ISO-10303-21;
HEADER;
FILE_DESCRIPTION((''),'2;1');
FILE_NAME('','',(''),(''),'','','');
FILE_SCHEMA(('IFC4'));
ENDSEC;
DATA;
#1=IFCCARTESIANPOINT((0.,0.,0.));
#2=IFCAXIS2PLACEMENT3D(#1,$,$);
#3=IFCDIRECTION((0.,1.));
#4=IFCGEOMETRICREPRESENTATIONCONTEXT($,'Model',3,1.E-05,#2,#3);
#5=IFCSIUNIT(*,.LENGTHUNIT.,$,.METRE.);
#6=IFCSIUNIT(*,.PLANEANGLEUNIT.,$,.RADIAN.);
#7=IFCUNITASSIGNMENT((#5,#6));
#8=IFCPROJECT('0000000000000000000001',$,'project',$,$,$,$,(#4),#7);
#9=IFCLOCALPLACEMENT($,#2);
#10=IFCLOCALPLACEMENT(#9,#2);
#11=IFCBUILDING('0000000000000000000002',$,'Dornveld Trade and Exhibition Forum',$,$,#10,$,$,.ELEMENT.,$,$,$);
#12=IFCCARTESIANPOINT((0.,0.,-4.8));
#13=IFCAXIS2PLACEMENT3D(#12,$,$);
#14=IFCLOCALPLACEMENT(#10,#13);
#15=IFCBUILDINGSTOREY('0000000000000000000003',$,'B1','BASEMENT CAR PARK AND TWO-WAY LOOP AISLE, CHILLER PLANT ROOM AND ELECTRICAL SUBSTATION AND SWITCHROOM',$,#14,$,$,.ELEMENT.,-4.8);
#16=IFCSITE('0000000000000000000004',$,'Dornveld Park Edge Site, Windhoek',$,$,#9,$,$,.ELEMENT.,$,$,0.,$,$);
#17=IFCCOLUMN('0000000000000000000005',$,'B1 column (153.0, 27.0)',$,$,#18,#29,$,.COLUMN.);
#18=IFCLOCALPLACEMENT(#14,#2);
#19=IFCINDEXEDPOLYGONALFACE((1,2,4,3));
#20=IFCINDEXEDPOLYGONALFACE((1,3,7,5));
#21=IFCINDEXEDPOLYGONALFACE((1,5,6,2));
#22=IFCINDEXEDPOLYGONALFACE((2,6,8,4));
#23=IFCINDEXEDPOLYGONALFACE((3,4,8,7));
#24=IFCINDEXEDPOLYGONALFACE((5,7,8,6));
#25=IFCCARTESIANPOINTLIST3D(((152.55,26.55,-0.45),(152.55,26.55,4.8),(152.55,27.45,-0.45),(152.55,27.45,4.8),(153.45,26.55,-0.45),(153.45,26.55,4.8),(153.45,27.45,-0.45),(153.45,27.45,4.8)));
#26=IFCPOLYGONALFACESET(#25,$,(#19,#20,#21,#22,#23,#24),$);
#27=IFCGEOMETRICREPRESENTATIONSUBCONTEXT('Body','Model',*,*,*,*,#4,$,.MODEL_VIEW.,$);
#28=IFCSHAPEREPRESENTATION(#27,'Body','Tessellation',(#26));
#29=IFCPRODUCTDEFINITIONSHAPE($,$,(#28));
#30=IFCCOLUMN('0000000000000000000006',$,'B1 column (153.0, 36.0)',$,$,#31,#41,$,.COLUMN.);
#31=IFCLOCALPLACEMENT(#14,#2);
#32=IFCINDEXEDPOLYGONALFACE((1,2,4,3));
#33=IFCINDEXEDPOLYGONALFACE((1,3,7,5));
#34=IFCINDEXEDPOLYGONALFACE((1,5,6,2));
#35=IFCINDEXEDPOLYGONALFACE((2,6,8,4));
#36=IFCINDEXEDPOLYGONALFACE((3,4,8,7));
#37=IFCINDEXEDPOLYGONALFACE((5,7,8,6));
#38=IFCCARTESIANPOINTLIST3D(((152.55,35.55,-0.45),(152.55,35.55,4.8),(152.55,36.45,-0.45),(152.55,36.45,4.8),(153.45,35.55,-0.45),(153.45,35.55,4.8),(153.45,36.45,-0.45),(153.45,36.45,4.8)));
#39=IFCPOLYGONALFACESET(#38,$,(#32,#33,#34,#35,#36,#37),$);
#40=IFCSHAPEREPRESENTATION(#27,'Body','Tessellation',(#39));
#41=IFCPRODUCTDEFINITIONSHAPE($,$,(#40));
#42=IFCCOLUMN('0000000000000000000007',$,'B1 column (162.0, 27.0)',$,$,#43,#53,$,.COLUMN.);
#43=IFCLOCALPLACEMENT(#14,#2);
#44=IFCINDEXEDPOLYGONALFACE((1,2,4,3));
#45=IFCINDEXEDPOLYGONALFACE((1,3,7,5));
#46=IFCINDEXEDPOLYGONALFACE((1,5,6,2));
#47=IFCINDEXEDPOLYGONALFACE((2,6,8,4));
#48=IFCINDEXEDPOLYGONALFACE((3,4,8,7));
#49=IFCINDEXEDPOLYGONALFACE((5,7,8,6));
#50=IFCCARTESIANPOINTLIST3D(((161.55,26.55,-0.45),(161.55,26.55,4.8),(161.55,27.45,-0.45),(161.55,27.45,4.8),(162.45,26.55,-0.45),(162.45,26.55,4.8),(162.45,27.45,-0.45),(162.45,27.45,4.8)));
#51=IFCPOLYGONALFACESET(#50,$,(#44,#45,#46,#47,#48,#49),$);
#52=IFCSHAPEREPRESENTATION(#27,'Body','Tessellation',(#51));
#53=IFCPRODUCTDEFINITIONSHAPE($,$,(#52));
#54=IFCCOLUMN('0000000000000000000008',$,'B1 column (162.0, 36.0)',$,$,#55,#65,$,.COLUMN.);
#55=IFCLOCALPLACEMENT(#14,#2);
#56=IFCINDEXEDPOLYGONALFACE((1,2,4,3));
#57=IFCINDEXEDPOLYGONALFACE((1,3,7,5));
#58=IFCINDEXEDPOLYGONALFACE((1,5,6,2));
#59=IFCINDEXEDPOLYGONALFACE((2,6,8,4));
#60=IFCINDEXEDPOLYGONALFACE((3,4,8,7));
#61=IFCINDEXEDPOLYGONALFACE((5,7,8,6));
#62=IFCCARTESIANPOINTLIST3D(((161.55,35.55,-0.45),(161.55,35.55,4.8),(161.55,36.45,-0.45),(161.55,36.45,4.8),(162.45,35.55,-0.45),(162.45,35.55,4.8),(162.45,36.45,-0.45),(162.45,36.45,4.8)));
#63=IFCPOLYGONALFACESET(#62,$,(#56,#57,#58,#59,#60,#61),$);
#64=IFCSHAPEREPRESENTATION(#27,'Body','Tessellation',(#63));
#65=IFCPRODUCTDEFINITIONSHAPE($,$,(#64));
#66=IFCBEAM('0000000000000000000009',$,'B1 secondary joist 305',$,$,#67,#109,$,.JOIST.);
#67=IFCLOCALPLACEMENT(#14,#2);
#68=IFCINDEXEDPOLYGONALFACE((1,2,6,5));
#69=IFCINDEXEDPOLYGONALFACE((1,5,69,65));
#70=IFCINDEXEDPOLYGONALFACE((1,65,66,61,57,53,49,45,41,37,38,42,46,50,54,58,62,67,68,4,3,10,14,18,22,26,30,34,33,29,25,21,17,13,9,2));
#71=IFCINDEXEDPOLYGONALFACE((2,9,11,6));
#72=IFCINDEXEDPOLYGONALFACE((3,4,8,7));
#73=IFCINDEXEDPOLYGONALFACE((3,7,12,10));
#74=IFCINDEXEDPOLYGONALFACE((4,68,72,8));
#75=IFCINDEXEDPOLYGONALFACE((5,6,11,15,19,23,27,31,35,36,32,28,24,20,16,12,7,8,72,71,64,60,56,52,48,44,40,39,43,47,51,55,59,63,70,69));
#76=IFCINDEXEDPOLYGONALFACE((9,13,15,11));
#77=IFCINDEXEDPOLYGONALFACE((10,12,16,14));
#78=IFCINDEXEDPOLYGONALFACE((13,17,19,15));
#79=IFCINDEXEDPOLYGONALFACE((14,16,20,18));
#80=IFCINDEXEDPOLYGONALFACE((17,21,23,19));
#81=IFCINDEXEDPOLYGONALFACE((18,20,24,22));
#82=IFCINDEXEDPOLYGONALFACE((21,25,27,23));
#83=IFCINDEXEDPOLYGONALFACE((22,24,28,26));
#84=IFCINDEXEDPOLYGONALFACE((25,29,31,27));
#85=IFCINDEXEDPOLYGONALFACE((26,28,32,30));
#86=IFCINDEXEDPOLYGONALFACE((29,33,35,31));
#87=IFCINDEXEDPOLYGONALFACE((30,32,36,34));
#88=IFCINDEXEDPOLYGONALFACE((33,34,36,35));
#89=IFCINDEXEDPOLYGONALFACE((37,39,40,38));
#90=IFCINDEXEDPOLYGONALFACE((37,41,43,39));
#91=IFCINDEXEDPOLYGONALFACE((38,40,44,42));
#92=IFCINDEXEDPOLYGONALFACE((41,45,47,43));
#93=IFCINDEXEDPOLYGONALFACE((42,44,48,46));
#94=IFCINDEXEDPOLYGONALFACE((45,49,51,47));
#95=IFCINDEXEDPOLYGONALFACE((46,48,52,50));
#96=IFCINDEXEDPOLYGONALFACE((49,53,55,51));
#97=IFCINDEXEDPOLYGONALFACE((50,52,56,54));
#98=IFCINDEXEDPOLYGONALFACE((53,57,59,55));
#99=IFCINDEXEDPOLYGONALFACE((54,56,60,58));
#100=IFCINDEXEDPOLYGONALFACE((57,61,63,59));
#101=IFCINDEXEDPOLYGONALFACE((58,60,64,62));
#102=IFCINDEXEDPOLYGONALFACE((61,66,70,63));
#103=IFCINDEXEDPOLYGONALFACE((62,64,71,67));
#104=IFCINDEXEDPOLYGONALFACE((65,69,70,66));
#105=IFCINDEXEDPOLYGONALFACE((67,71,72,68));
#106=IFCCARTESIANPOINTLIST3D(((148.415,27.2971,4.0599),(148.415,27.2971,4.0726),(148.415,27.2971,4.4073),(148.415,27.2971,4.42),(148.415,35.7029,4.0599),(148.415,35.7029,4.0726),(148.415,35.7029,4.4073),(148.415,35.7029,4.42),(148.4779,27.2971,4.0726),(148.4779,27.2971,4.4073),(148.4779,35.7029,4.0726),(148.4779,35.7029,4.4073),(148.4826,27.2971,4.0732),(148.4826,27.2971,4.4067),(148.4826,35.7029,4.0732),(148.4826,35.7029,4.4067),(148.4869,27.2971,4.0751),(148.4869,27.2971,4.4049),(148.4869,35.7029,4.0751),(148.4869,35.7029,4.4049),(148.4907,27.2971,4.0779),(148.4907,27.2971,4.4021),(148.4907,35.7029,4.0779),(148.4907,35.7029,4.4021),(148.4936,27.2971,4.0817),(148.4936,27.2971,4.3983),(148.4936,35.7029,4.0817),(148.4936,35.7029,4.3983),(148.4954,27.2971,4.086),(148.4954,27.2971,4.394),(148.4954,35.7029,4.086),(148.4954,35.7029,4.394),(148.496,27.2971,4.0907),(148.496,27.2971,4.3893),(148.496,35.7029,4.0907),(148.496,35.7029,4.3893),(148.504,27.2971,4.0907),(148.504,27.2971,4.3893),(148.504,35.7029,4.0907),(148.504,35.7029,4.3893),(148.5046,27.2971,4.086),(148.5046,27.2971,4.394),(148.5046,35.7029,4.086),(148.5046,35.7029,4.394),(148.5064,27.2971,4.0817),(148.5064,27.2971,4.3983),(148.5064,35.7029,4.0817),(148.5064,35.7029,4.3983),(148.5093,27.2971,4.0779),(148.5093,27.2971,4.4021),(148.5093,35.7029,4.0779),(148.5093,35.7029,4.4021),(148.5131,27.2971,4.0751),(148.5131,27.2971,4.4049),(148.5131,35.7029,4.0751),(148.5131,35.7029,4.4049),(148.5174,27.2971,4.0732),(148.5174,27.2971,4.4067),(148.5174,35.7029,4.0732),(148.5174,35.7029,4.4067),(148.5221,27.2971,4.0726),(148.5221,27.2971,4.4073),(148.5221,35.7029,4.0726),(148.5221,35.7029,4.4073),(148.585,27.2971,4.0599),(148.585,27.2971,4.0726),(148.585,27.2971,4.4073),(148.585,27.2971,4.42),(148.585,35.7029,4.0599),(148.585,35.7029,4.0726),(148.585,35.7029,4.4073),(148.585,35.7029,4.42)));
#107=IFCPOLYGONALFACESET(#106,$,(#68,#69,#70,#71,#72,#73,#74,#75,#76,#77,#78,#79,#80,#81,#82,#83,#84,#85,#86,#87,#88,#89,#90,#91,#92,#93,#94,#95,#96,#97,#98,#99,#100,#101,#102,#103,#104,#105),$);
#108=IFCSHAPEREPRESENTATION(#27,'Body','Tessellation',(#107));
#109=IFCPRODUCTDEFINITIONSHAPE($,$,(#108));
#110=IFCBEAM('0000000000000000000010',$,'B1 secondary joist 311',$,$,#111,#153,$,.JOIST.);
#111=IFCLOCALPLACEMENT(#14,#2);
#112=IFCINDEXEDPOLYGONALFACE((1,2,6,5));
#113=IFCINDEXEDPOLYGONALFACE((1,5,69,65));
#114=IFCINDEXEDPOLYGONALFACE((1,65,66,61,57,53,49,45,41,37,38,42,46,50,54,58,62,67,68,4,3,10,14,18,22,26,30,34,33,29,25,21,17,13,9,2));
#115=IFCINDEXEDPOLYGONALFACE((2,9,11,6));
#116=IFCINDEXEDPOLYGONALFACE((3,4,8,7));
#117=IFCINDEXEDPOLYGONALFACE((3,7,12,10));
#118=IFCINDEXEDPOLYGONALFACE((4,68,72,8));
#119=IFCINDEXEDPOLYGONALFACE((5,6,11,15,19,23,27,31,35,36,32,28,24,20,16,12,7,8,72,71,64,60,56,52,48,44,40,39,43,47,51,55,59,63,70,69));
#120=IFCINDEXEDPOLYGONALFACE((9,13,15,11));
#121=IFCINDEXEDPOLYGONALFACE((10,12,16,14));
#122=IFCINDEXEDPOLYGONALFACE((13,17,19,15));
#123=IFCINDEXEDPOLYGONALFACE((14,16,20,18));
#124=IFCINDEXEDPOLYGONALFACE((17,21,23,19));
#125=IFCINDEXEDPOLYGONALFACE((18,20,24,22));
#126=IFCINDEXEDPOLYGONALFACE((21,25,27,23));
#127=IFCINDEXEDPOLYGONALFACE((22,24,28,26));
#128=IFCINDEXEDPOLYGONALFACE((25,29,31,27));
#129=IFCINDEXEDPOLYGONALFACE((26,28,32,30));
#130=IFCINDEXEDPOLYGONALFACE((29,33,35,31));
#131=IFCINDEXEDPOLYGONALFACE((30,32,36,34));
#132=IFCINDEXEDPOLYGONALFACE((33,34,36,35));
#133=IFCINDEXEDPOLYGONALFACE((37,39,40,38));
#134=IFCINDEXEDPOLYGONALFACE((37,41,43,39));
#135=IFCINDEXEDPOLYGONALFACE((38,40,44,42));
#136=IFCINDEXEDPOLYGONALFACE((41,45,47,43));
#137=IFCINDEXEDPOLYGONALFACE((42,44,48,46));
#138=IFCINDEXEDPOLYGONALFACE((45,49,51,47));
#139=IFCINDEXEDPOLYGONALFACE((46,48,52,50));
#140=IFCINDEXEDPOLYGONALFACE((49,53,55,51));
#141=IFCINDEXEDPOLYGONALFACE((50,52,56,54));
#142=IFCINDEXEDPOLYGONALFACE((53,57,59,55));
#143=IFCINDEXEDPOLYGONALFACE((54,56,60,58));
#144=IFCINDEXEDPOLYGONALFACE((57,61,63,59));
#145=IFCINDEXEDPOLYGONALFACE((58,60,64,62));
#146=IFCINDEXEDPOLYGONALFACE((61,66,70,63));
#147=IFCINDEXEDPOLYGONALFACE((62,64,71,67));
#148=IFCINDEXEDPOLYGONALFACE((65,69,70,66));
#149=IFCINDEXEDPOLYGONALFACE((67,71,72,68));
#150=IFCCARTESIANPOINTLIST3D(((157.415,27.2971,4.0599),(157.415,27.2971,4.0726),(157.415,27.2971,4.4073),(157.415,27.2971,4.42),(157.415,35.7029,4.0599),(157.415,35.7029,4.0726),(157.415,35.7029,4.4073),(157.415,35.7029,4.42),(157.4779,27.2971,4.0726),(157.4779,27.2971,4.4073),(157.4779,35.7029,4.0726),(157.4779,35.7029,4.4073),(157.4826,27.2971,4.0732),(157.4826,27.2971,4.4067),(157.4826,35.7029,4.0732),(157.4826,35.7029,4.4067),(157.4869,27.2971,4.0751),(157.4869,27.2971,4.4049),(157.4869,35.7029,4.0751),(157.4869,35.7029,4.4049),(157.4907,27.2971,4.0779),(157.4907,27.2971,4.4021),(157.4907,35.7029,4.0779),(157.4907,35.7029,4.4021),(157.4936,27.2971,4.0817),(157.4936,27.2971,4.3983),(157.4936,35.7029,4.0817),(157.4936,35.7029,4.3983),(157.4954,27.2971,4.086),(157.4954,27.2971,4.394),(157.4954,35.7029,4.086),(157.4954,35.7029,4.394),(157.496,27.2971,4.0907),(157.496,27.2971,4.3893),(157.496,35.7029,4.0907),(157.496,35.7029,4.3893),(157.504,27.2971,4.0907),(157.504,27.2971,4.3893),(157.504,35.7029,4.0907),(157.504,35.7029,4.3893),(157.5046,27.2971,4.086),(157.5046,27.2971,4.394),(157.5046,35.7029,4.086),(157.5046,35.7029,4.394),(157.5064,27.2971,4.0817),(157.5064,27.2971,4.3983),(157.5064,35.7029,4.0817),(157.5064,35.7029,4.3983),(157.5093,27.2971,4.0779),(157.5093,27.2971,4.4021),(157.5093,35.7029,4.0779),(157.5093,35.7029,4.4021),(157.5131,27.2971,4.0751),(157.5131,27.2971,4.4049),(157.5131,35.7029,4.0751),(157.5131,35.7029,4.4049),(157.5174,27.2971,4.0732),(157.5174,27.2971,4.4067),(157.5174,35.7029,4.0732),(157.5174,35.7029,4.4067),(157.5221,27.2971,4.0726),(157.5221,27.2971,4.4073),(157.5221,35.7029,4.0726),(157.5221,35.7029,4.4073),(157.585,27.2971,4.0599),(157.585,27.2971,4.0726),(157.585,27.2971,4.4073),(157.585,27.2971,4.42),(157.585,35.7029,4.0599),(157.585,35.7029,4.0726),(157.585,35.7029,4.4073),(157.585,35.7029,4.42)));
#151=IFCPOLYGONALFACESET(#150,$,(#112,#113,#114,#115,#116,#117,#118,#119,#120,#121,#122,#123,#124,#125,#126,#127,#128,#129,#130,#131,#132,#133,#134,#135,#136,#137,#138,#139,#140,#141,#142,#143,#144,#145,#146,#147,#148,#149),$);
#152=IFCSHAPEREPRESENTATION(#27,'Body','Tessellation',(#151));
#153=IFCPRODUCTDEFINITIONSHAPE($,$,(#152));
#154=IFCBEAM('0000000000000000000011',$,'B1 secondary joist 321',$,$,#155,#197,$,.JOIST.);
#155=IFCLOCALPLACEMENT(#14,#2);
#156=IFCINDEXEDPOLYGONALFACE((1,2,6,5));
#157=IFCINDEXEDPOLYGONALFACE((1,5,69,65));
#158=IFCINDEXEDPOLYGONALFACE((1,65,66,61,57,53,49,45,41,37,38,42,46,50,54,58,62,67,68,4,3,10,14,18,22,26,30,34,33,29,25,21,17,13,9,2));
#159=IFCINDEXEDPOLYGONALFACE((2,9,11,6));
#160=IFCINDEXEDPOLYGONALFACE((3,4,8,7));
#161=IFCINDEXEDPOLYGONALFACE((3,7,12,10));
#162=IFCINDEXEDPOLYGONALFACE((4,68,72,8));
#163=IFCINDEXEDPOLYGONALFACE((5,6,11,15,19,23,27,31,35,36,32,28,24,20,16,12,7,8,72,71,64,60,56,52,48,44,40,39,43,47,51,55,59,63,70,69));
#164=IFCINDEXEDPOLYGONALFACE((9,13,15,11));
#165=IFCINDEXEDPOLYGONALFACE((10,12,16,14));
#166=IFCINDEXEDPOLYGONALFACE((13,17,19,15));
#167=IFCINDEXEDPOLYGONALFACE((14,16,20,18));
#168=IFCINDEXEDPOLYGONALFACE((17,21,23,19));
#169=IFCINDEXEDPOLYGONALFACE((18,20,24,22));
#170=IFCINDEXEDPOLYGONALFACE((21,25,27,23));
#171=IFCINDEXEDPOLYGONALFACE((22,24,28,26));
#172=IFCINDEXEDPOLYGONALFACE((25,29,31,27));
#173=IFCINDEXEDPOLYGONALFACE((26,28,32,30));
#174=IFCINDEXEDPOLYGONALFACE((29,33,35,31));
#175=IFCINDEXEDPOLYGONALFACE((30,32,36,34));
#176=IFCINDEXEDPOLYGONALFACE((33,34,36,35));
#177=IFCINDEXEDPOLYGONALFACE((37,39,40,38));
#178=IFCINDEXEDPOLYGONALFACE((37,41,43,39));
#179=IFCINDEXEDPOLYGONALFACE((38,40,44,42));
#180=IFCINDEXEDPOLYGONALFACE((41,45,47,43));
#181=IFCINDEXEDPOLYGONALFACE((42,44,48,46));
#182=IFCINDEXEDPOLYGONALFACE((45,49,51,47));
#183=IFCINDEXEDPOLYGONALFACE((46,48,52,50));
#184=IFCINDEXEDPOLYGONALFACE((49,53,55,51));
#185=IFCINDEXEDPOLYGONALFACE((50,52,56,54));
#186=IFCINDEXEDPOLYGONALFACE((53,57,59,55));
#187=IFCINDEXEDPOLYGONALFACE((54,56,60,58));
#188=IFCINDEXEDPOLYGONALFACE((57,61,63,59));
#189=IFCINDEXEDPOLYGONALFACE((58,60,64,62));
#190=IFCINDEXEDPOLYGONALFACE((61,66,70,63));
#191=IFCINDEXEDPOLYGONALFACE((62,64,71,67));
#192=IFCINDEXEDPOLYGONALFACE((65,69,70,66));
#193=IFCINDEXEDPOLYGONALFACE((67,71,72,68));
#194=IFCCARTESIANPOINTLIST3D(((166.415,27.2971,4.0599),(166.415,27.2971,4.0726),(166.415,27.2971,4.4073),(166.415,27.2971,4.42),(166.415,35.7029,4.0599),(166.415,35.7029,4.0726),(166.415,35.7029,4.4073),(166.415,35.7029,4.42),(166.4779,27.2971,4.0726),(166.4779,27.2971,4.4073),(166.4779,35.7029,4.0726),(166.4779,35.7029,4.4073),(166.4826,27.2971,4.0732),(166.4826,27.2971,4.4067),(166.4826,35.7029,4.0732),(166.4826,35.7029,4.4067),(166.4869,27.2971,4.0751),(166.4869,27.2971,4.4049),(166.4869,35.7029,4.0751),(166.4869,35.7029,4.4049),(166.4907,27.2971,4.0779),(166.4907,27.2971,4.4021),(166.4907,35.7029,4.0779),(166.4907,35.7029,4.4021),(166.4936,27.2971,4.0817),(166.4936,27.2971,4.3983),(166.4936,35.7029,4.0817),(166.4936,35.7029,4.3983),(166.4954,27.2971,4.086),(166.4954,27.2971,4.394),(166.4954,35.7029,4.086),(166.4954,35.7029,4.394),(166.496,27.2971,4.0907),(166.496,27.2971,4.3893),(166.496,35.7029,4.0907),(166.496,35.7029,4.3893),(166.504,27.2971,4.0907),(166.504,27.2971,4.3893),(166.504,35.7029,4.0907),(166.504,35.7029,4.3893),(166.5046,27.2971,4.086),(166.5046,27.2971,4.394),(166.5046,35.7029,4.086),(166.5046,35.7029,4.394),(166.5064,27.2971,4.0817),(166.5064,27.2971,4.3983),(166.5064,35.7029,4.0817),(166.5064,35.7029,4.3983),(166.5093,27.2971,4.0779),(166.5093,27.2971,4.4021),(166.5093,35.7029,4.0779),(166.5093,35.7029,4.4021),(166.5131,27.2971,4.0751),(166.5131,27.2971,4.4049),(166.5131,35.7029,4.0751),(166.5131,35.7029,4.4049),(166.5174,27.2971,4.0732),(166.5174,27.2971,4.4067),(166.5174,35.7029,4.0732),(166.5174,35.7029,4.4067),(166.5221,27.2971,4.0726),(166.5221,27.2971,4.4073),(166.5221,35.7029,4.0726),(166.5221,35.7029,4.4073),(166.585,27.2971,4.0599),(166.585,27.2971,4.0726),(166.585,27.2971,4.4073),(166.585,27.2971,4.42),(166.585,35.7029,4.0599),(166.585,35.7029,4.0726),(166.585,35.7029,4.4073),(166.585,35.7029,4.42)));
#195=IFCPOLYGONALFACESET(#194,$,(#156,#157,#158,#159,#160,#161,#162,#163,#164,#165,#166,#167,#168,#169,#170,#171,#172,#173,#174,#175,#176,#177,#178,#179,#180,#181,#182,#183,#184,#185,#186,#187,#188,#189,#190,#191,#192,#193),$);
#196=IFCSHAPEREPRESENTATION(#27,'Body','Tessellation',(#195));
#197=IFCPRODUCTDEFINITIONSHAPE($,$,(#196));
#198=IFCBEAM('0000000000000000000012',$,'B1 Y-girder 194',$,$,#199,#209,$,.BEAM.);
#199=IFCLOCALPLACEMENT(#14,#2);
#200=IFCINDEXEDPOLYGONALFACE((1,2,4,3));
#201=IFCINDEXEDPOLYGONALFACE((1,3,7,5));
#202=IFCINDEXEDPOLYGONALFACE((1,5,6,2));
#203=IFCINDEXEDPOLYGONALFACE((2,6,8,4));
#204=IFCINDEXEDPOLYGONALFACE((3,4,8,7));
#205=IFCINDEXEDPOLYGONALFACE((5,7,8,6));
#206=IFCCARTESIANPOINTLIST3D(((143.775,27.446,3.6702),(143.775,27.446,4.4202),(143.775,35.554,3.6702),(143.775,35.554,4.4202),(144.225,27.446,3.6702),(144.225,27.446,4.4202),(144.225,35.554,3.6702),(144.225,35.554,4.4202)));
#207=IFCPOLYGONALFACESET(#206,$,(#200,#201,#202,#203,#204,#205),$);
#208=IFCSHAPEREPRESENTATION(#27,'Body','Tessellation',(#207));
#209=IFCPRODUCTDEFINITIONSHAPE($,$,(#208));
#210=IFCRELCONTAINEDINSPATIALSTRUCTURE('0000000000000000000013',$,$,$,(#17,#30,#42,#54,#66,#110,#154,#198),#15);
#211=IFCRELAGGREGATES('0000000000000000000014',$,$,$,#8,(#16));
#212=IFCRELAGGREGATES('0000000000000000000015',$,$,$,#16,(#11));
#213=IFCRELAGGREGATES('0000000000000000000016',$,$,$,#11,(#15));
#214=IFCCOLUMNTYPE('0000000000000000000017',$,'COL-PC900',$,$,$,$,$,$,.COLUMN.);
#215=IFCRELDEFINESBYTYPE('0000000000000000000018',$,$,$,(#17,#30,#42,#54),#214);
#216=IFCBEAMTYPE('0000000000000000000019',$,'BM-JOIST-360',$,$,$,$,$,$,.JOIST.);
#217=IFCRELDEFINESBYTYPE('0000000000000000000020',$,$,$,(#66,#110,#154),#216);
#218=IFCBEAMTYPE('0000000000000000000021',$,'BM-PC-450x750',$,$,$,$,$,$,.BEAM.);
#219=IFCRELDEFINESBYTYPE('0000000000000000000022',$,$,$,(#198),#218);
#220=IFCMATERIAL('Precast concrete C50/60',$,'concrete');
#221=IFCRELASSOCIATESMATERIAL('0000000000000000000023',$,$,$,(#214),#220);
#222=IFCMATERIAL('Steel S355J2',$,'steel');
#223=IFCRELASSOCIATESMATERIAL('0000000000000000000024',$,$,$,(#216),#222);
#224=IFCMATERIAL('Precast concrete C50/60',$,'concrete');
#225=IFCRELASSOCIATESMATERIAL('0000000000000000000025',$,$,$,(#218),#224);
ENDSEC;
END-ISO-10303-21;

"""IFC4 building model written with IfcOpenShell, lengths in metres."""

from ifc_helpers import new_model, si_unit, direction, frame, origin, origin_2d, place, context, subcontext, project, spatial, rectangle, i_section, extrude, material, material_profile, profile_set, type_object, element, save


model = new_model("IFC4")

# Units and contexts
model_context = context("Model", 3, precision=1e-05, world=origin(), true_north=direction((0.0, 1.0)))
body_context = subcontext(model_context, "Body", "Model", "MODEL_VIEW")
ifc_project = project(units=[si_unit("LENGTHUNIT", "METRE"), si_unit("PLANEANGLEUNIT", "RADIAN")], contexts=[model_context])

# Site, building, storey
site_placement = place(None, origin())
site = spatial("IfcSite", under=ifc_project, at=site_placement, Name="Dornveld Park Edge Site, Windhoek", CompositionType="ELEMENT", RefElevation=0.0)
building_placement = place(site_placement, origin())
building = spatial("IfcBuilding", under=site, at=building_placement, Name="Dornveld Trade and Exhibition Forum", CompositionType="ELEMENT")
storey_placement = place(building_placement, frame((0.0, 0.0, -4.8)))
storey = spatial("IfcBuildingStorey", under=building, at=storey_placement, Name="B1", Description="BASEMENT CAR PARK AND TWO-WAY LOOP AISLE, CHILLER PLANT ROOM AND ELECTRICAL SUBSTATION AND SWITCHROOM", CompositionType="ELEMENT", Elevation=-4.8)

# Columns
ifc_material_1 = material(Name="Precast concrete C50/60", Category="concrete")
ifc_material_profile_1 = material_profile(ifc_material_1, rectangle(XDim=0.8999, YDim=0.8999, at=origin_2d()), Name="PC-COL 900x900")
ifc_profile_set_1 = profile_set([ifc_material_profile_1], Name="Precast concrete C50/60")
column_type = type_object("IfcColumnType", Name="COL-PC900", PredefinedType="COLUMN", material=ifc_profile_set_1)
for number, where, z_axis, x_axis, name in (
    (1, (153.0, 27.0, -0.45), (0.0, 0.0, 1.0), (1.0, 0.0, 0.0), "B1 column (153.0, 27.0)"),
    (2, (153.0, 36.0, -0.45), (0.0, 0.0, 1.0), (1.0, 0.0, 0.0), "B1 column (153.0, 36.0)"),
    (3, (162.0, 27.0, -0.45), (0.0, 0.0, 1.0), (1.0, 0.0, 0.0), "B1 column (162.0, 27.0)"),
    (4, (162.0, 36.0, -0.45), (0.0, 0.0, 1.0), (1.0, 0.0, 0.0), "B1 column (162.0, 36.0)"),
):
    element("IfcColumn", number, at=place(storey_placement, frame(where, z_axis=z_axis, x_axis=x_axis)), inside=storey, type_object=column_type, Name=name, PredefinedType="COLUMN", context=body_context, shape_type="SweptSolid", body=[
        extrude(rectangle(XDim=0.8999, YDim=0.8999, at=origin_2d()), origin(), (0.0, 0.0, 1.0), 5.25),
    ])

# Beams
ifc_material_2 = material(Name="Steel S355J2", Category="steel")
ifc_material_profile_2 = material_profile(ifc_material_2, i_section(OverallWidth=0.1699, OverallDepth=0.3601, WebThickness=0.0081, FlangeThickness=0.0127, FilletRadius=0.0181, at=origin_2d()), Name="IPE 360")
ifc_profile_set_2 = profile_set([ifc_material_profile_2], Name="Steel S355J2")
beam_type_1 = type_object("IfcBeamType", Name="BM-JOIST-360", PredefinedType="JOIST", material=ifc_profile_set_2)
for number, where, z_axis, x_axis, name in (
    (5, (148.5, 27.2971, 4.24), (0.0, 1.0, 0.0), (-1.0, 0.0, 0.0), "B1 secondary joist 305"),
    (6, (157.5, 27.2971, 4.24), (0.0, 1.0, 0.0), (-1.0, 0.0, 0.0), "B1 secondary joist 311"),
    (7, (166.5, 27.2971, 4.24), (0.0, 1.0, 0.0), (-1.0, 0.0, 0.0), "B1 secondary joist 321"),
):
    element("IfcBeam", number, at=place(storey_placement, frame(where, z_axis=z_axis, x_axis=x_axis)), inside=storey, type_object=beam_type_1, Name=name, PredefinedType="JOIST", context=body_context, shape_type="SweptSolid", body=[
        extrude(i_section(OverallWidth=0.1699, OverallDepth=0.3601, WebThickness=0.0081, FlangeThickness=0.0127, FilletRadius=0.0181, at=origin_2d()), origin(), (0.0, 0.0, 1.0), 8.4058),
    ])
ifc_material_3 = material(Name="Precast concrete C50/60", Category="concrete")
ifc_material_profile_3 = material_profile(ifc_material_3, rectangle(XDim=0.45, YDim=0.75, at=origin_2d()), Name="PC-BM 450x750")
ifc_profile_set_3 = profile_set([ifc_material_profile_3], Name="Precast concrete C50/60")
beam_type_2 = type_object("IfcBeamType", Name="BM-PC-450x750", PredefinedType="BEAM", material=ifc_profile_set_3)
for number, where, z_axis, x_axis, name in (
    (8, (144.0, 27.446, 4.0452), (0.0, 1.0, 0.0), (-1.0, 0.0, 0.0), "B1 Y-girder 194"),
):
    element("IfcBeam", number, at=place(storey_placement, frame(where, z_axis=z_axis, x_axis=x_axis)), inside=storey, type_object=beam_type_2, Name=name, PredefinedType="BEAM", context=body_context, shape_type="SweptSolid", body=[
        extrude(rectangle(XDim=0.45, YDim=0.75, at=origin_2d()), origin(), (0.0, 0.0, 1.0), 8.1079),
    ])

save(model, "model.ifc")
